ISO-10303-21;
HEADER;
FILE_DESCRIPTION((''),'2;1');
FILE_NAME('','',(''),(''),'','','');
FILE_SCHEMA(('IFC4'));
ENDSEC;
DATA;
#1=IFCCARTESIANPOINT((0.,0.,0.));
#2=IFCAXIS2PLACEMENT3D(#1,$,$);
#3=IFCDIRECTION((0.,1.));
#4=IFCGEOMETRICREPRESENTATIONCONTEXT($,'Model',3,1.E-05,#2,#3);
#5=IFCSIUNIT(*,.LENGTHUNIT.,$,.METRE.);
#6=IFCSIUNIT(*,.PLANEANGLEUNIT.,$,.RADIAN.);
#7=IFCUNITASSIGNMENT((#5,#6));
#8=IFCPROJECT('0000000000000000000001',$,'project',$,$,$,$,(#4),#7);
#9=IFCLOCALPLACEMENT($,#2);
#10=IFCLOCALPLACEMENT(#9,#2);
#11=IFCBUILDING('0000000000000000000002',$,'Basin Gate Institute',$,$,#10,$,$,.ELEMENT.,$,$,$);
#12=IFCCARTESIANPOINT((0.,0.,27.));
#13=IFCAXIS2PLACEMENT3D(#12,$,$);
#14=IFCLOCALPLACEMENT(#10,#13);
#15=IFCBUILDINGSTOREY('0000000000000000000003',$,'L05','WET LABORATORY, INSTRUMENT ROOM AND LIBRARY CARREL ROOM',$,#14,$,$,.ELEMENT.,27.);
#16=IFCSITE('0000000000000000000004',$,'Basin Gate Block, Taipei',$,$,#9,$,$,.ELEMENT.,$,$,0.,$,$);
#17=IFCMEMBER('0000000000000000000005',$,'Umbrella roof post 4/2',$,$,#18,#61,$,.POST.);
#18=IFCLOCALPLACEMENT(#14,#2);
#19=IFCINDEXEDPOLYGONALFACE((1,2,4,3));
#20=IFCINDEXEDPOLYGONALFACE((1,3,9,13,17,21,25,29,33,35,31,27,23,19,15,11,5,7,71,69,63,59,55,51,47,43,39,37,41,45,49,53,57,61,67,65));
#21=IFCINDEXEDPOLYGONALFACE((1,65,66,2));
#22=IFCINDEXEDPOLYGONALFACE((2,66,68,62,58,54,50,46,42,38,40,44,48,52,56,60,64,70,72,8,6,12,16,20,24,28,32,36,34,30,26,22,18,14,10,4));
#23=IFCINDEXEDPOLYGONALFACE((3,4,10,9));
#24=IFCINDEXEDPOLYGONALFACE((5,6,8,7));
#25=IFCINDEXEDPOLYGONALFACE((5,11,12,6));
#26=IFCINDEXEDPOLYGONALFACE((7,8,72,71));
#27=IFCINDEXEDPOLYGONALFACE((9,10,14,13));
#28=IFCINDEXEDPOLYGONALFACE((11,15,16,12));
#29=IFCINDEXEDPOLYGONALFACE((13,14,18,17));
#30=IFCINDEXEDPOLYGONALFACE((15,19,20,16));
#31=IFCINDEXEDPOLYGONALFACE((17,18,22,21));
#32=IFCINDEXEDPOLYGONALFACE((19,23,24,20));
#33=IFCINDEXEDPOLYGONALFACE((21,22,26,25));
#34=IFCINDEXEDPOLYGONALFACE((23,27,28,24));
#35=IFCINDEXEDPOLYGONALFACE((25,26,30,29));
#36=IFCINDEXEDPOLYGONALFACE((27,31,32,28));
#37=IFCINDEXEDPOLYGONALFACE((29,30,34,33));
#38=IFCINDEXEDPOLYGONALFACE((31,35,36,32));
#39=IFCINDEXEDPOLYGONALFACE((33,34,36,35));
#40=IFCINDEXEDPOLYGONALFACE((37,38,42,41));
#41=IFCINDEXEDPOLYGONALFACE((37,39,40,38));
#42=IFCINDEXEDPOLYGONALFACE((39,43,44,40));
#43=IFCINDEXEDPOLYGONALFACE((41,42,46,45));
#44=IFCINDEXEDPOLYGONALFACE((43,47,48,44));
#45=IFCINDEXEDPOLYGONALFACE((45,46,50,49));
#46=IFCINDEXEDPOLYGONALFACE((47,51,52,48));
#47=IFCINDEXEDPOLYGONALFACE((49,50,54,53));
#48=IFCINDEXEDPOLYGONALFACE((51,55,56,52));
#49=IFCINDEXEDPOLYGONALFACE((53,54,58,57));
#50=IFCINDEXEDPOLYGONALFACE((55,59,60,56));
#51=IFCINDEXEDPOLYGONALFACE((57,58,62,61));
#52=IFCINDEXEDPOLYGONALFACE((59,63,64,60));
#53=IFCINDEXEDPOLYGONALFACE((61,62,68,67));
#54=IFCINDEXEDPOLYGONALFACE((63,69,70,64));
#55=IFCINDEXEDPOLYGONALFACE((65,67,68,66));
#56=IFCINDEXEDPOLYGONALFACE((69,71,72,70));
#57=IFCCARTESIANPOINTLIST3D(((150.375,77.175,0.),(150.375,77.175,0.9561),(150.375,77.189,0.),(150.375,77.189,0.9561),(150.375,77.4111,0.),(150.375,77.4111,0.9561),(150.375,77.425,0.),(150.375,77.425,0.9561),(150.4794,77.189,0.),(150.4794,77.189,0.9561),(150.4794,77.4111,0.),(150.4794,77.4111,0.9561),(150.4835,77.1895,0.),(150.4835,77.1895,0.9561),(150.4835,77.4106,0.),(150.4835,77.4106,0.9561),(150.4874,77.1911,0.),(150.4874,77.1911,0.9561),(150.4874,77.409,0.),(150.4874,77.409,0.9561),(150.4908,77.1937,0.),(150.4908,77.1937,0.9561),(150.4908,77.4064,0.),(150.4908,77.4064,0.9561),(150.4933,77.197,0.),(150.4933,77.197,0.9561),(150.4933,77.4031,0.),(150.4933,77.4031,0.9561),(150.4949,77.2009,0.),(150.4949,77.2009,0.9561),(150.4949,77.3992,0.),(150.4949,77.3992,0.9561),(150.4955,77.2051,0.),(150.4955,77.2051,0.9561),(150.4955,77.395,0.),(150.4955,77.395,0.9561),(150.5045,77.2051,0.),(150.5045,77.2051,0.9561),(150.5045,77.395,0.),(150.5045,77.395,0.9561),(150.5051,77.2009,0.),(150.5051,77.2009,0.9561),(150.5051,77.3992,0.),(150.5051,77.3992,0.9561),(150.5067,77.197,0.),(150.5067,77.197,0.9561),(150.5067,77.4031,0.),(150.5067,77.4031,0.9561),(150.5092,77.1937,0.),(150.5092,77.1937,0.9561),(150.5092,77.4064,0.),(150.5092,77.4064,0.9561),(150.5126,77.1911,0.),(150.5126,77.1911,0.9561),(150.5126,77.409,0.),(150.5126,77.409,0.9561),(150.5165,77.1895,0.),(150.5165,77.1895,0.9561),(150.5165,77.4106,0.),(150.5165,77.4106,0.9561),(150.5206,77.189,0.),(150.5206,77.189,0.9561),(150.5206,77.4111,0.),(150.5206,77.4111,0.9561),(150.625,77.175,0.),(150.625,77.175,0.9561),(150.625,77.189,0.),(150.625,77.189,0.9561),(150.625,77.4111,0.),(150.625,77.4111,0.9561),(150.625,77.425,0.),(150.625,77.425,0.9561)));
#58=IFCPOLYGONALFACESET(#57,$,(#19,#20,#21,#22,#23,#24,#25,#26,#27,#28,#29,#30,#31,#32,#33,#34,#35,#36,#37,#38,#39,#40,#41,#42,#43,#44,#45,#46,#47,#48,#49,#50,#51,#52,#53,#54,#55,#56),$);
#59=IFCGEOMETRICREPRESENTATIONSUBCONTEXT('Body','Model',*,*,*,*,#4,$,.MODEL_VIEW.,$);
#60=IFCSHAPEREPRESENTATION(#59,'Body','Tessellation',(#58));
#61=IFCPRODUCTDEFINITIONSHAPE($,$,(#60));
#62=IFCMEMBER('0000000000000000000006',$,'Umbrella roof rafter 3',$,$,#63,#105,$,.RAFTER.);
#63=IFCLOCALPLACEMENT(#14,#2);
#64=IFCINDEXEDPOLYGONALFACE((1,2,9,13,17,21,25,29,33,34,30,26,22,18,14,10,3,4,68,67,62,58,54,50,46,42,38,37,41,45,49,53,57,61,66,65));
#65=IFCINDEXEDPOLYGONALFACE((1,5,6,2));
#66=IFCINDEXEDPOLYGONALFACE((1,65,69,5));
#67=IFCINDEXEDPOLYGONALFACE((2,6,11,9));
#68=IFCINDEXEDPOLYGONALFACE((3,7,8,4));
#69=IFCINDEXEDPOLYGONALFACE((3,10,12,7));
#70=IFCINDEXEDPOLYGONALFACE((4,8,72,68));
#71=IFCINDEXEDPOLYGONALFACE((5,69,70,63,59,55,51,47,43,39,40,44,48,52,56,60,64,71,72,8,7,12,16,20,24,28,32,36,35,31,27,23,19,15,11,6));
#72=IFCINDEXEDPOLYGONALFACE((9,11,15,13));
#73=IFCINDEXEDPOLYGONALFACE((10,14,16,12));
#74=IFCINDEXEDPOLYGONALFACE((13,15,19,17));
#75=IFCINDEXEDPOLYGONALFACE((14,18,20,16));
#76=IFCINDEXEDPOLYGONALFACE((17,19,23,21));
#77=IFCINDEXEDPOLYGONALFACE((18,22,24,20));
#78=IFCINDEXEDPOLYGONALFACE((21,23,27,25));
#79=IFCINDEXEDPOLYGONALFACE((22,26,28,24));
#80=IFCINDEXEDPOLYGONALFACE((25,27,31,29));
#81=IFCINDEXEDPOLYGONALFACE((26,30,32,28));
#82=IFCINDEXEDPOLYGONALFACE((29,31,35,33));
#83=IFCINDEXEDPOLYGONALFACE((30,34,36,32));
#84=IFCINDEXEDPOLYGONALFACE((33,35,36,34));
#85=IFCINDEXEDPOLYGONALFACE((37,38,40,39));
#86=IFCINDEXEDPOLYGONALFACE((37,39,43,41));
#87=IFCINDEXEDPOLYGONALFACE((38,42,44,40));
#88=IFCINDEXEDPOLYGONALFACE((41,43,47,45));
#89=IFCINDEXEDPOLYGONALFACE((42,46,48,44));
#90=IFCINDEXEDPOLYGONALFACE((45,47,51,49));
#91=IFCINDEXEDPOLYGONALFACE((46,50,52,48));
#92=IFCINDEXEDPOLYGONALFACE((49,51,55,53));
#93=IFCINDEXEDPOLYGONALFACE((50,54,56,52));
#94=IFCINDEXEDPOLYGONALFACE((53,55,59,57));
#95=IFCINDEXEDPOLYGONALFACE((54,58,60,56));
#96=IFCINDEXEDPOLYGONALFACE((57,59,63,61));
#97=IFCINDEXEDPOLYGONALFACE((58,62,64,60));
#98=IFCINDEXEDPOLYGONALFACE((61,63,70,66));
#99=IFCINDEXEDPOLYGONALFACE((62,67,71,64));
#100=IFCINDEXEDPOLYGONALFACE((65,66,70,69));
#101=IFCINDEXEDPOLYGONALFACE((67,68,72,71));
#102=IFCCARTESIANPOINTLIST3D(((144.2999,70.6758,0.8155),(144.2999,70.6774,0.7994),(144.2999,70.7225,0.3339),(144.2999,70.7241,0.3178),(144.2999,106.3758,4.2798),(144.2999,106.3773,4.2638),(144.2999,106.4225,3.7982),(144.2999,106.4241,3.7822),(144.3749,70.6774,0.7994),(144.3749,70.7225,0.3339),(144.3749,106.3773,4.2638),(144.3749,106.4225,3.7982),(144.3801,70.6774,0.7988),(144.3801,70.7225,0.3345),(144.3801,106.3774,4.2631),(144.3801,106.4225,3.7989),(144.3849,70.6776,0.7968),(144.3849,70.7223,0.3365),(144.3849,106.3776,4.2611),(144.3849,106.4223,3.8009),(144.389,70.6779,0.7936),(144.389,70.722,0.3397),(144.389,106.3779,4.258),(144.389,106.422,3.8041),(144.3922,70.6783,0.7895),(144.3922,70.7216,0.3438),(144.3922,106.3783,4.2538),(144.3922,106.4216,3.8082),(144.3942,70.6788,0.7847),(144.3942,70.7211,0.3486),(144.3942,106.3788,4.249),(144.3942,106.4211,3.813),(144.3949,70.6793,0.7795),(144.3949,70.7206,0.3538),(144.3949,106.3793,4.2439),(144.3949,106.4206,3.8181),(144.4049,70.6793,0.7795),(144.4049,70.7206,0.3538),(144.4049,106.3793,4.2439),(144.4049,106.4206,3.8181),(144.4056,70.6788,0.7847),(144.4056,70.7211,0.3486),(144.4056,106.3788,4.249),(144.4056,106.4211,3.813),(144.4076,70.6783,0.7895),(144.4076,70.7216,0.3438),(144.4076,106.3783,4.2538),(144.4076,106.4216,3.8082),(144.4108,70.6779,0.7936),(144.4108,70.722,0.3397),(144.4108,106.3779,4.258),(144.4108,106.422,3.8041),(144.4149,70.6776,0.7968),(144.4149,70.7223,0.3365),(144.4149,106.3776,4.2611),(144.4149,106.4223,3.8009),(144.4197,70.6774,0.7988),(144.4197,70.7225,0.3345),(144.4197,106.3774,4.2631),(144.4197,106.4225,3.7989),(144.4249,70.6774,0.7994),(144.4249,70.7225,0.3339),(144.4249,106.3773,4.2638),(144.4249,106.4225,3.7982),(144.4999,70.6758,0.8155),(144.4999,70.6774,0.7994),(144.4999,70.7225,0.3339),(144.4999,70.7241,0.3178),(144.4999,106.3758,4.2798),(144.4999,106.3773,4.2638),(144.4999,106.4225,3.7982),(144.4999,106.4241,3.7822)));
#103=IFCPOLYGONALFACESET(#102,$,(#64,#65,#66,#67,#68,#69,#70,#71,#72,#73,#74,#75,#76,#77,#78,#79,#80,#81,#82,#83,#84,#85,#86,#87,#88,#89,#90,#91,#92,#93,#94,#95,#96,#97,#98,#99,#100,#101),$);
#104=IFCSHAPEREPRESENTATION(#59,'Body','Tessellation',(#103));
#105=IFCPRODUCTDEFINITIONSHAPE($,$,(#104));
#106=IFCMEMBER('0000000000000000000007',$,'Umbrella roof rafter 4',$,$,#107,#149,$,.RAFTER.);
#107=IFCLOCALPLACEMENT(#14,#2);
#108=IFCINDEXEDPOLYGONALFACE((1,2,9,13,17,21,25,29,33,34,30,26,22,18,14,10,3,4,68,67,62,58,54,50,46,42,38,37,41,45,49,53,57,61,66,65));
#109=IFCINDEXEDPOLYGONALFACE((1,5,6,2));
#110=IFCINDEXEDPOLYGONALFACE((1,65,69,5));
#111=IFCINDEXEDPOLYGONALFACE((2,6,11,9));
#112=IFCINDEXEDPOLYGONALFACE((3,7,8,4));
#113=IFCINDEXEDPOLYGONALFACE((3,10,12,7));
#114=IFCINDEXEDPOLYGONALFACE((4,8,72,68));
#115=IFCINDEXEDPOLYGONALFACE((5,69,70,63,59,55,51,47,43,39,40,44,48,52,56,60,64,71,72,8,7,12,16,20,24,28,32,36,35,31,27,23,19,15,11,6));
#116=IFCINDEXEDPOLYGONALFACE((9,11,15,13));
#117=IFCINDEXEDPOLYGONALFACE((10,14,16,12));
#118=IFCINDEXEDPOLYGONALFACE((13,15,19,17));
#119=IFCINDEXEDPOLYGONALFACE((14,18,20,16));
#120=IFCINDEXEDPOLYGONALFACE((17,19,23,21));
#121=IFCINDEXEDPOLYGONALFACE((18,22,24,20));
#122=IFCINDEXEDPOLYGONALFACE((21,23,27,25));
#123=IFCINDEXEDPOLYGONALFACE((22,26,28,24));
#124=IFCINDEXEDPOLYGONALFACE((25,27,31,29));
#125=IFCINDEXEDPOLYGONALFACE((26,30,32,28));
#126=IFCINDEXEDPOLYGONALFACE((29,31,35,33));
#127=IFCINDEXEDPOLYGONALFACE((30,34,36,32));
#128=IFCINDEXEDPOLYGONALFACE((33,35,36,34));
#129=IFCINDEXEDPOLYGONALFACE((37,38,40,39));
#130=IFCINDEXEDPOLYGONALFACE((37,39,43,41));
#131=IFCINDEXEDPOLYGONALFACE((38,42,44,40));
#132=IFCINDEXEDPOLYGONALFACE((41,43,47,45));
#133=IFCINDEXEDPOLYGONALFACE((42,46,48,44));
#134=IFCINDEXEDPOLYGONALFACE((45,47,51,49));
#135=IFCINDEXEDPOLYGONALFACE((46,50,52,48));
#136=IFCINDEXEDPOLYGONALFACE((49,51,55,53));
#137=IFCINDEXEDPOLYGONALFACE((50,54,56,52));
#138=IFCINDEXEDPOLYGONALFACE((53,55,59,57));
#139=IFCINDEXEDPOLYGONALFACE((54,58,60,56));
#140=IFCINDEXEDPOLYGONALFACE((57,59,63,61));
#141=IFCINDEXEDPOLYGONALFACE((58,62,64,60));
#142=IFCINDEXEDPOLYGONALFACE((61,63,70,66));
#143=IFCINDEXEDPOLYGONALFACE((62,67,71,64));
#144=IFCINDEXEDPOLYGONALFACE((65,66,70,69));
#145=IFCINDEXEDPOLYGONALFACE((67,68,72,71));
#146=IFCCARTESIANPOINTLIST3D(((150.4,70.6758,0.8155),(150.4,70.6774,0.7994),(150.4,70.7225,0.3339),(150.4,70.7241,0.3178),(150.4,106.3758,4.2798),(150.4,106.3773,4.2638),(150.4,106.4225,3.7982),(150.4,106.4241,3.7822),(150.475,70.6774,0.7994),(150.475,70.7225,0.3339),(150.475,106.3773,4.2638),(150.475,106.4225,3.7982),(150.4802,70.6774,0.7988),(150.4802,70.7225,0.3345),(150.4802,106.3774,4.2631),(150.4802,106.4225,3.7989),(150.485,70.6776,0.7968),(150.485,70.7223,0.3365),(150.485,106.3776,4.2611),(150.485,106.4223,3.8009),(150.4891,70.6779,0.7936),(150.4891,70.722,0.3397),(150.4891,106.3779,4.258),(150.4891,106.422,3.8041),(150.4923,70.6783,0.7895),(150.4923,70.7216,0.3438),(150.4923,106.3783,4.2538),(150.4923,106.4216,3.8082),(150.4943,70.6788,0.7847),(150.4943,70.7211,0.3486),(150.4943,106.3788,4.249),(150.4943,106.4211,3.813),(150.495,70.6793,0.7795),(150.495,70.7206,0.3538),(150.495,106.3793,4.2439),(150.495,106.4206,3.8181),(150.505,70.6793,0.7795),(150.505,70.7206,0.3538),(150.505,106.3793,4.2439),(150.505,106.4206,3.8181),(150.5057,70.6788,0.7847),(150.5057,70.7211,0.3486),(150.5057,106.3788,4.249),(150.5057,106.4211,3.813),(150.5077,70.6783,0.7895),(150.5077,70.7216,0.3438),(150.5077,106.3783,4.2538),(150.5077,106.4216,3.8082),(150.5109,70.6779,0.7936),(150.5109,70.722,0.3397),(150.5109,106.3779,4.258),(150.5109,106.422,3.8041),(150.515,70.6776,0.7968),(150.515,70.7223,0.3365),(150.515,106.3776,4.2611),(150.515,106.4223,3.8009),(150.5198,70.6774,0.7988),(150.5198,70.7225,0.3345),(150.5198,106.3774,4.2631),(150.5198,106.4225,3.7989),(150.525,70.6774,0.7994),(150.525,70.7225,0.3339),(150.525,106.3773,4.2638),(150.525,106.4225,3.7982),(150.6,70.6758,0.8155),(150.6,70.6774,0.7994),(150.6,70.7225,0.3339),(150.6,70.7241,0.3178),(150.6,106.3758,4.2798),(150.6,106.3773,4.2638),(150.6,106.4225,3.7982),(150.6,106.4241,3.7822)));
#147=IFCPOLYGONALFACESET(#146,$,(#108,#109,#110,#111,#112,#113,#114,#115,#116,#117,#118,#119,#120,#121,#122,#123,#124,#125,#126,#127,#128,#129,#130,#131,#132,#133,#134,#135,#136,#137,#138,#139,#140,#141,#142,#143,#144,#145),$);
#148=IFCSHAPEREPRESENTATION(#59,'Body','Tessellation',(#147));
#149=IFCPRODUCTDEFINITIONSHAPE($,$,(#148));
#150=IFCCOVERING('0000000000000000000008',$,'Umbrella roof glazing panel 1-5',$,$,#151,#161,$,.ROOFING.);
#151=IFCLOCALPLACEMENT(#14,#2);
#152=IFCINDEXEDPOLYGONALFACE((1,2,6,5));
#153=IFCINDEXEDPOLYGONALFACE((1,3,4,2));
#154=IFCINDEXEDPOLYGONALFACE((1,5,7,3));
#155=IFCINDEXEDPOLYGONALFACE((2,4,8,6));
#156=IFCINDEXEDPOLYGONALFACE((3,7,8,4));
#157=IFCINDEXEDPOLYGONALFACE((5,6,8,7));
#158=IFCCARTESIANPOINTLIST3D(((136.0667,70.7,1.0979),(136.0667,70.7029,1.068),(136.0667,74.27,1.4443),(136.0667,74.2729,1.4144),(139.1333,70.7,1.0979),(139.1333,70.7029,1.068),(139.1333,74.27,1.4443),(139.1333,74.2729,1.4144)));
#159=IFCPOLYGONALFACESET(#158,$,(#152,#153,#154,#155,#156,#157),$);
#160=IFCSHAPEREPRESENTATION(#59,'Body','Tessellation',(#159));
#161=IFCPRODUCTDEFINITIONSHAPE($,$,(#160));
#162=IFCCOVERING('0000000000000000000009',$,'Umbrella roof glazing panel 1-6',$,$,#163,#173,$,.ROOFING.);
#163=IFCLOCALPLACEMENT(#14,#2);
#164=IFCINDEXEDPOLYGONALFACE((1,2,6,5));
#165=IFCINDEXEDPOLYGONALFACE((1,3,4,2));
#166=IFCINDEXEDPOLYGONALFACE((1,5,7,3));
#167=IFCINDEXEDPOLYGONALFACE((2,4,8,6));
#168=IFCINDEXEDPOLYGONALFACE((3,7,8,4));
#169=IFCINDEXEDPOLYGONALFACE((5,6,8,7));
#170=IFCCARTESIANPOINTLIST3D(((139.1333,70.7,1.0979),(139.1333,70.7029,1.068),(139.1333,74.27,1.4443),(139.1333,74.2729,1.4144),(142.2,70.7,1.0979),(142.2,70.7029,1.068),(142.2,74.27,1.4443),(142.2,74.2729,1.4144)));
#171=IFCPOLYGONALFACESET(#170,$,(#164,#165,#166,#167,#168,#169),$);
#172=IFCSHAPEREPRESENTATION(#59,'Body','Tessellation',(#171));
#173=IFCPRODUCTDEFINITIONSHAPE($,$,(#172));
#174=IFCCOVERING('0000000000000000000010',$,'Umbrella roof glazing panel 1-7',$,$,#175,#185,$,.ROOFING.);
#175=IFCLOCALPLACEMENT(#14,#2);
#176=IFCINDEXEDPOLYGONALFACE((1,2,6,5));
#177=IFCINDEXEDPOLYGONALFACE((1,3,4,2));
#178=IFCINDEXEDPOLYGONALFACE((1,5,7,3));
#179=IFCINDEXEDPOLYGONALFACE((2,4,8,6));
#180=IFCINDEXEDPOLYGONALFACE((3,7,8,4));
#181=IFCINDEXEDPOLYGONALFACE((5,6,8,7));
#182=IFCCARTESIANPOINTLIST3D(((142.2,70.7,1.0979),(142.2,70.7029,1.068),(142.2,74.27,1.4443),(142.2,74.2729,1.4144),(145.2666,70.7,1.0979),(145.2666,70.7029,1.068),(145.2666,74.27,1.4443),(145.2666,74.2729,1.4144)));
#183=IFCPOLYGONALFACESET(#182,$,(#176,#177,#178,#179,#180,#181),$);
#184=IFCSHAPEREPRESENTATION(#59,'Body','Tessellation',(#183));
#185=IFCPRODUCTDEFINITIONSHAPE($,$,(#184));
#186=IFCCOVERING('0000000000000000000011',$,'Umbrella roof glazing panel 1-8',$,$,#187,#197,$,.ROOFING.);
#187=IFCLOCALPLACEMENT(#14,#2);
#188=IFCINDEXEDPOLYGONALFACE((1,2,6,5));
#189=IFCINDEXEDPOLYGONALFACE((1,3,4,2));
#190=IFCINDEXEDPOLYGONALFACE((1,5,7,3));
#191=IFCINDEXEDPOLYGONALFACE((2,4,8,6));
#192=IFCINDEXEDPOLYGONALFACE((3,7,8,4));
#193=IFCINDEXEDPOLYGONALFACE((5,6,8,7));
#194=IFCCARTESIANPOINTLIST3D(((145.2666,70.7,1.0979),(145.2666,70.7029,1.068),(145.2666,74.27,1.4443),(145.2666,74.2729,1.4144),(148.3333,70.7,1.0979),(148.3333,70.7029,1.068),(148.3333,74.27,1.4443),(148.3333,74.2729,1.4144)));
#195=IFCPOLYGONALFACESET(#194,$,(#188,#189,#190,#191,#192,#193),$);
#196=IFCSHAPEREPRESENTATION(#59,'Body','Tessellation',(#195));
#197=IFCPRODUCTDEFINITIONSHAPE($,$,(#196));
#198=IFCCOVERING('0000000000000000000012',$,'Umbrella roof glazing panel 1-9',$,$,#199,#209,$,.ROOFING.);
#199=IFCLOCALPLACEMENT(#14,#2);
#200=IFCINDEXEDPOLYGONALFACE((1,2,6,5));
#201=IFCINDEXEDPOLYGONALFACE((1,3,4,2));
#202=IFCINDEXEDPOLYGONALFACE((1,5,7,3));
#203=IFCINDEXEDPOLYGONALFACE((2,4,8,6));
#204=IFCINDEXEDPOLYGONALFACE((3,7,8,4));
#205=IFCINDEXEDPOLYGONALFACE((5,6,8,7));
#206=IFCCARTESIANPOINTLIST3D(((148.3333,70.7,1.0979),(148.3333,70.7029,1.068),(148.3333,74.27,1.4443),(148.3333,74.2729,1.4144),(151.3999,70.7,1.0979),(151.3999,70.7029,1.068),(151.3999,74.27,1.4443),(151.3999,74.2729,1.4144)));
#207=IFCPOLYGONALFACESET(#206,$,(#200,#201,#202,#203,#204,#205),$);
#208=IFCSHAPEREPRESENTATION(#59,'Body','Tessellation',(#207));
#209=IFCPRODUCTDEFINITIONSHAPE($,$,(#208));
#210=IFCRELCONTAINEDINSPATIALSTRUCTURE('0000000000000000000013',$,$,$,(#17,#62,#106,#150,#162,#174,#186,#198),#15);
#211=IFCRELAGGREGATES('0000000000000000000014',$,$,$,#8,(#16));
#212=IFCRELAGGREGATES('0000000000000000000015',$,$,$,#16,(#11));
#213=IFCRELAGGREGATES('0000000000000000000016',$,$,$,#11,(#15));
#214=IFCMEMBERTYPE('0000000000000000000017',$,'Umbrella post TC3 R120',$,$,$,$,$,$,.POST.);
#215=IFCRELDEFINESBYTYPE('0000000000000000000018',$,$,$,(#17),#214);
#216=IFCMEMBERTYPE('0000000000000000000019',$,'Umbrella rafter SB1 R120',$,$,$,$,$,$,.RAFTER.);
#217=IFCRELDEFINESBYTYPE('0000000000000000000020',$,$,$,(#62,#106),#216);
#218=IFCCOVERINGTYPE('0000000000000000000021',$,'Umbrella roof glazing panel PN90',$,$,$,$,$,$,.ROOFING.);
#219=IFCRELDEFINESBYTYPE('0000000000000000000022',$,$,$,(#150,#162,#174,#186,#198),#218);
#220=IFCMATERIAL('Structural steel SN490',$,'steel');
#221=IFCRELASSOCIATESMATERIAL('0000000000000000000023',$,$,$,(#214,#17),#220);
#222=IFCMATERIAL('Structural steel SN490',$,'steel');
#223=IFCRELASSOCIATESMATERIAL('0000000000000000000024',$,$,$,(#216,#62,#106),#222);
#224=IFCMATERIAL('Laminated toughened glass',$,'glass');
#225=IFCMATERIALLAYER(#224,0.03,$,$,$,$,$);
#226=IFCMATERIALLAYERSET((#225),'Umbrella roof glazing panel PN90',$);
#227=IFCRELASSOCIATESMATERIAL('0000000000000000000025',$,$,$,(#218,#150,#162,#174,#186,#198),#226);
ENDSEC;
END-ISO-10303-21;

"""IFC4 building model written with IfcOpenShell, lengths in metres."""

from ifc_helpers import new_model, si_unit, direction, frame, origin, origin_2d, place, context, subcontext, project, spatial, polyline, i_section, outline, extrude, material, layer, layer_set, material_profile, profile_set, type_object, element, save


model = new_model("IFC4")

# Units and contexts
model_context = context("Model", 3, precision=1e-05, world=origin(), true_north=direction((0.0, 1.0)))
body_context = subcontext(model_context, "Body", "Model", "MODEL_VIEW")
ifc_project = project(units=[si_unit("LENGTHUNIT", "METRE"), si_unit("PLANEANGLEUNIT", "RADIAN")], contexts=[model_context])

# Site, building, storey
site_placement = place(None, origin())
site = spatial("IfcSite", under=ifc_project, at=site_placement, Name="Basin Gate Block, Taipei", CompositionType="ELEMENT", RefElevation=0.0)
building_placement = place(site_placement, origin())
building = spatial("IfcBuilding", under=site, at=building_placement, Name="Basin Gate Institute", CompositionType="ELEMENT")
storey_placement = place(building_placement, frame((0.0, 0.0, 27.0)))
storey = spatial("IfcBuildingStorey", under=building, at=storey_placement, Name="L05", Description="WET LABORATORY, INSTRUMENT ROOM AND LIBRARY CARREL ROOM", CompositionType="ELEMENT", Elevation=27.0)

# Members
ifc_material_1 = material(Name="Structural steel SN490", Category="steel")
ifc_material_profile_1 = material_profile(ifc_material_1, i_section(OverallWidth=0.25, OverallDepth=0.25, WebThickness=0.009, FlangeThickness=0.0139, FilletRadius=0.0161, at=origin_2d()), Name="H250x250")
ifc_profile_set_1 = profile_set([ifc_material_profile_1], Name="Structural steel SN490")
member_type_1 = type_object("IfcMemberType", Name="Umbrella post TC3 R120", PredefinedType="POST", material=ifc_profile_set_1)
member_1_placement = place(storey_placement, frame((150.5, 77.3, 0.0), z_axis=(0.0, 0.0, 1.0), x_axis=(1.0, 0.0, 0.0)))
element("IfcMember", 1, at=member_1_placement, inside=storey, type_object=member_type_1, material=ifc_profile_set_1, Name="Umbrella roof post 4/2", PredefinedType="POST", context=body_context, shape_type="SweptSolid", body=[
    extrude(i_section(OverallWidth=0.25, OverallDepth=0.25, WebThickness=0.009, FlangeThickness=0.0139, FilletRadius=0.0161, at=origin_2d()), origin(), (0.0, 0.0, 1.0), 0.9561),
])
ifc_material_2 = material(Name="Structural steel SN490", Category="steel")
ifc_material_profile_2 = material_profile(ifc_material_2, i_section(OverallWidth=0.2, OverallDepth=0.5, WebThickness=0.01, FlangeThickness=0.0161, FilletRadius=0.02, at=origin_2d()), Name="H500x200")
ifc_profile_set_2 = profile_set([ifc_material_profile_2], Name="Structural steel SN490")
member_type_2 = type_object("IfcMemberType", Name="Umbrella rafter SB1 R120", PredefinedType="RAFTER", material=ifc_profile_set_2)
for number, where, z_axis, x_axis, name in (
    (2, (144.3999, 70.7, 0.5667), (0.0, 0.995325, 0.096587), (-1.0, 0.0, 0.0), "Umbrella roof rafter 3"),
    (3, (150.5, 70.7, 0.5667), (0.0, 0.995325, 0.096587), (-1.0, 0.0, 0.0), "Umbrella roof rafter 4"),
):
    element("IfcMember", number, at=place(storey_placement, frame(where, z_axis=z_axis, x_axis=x_axis)), inside=storey, type_object=member_type_2, material=ifc_profile_set_2, Name=name, PredefinedType="RAFTER", context=body_context, shape_type="SweptSolid", body=[
        extrude(i_section(OverallWidth=0.2, OverallDepth=0.5, WebThickness=0.01, FlangeThickness=0.0161, FilletRadius=0.02, at=origin_2d()), origin(), (0.0, 0.0, 1.0), 35.8677),
    ])

# Coverings
ifc_material_3 = material(Name="Laminated toughened glass", Category="glass")
ifc_layer = layer(ifc_material_3, 0.03)
ifc_layer_set = layer_set([ifc_layer], Name="Umbrella roof glazing panel PN90")
covering_type = type_object("IfcCoveringType", Name="Umbrella roof glazing panel PN90", PredefinedType="ROOFING", material=ifc_layer_set)
for number, where, z_axis, x_axis, name in (
    (4, (136.0667, 70.7, 1.0979), (0.0, -0.096585, 0.995325), (1.0, 0.0, 0.0), "Umbrella roof glazing panel 1-5"),
    (5, (139.1333, 70.7, 1.0979), (0.0, -0.096585, 0.995325), (1.0, 0.0, 0.0), "Umbrella roof glazing panel 1-6"),
    (6, (142.2, 70.7, 1.0979), (0.0, -0.096585, 0.995325), (1.0, 0.0, 0.0), "Umbrella roof glazing panel 1-7"),
    (7, (145.2666, 70.7, 1.0979), (0.0, -0.096585, 0.995325), (1.0, 0.0, 0.0), "Umbrella roof glazing panel 1-8"),
    (8, (148.3333, 70.7, 1.0979), (0.0, -0.096585, 0.995325), (1.0, 0.0, 0.0), "Umbrella roof glazing panel 1-9"),
):
    element("IfcCovering", number, at=place(storey_placement, frame(where, z_axis=z_axis, x_axis=x_axis)), inside=storey, type_object=covering_type, material=ifc_layer_set, Name=name, PredefinedType="ROOFING", context=body_context, shape_type="SweptSolid", body=[
        extrude(outline(polyline([(0.0, 0.0), (3.0667, 0.0), (3.0667, 3.5868), (0.0, 3.5868), (0.0, 0.0)])), origin(), (0.0, 0.0, -1.0), 0.03),
    ])

save(model, "model.ifc")
